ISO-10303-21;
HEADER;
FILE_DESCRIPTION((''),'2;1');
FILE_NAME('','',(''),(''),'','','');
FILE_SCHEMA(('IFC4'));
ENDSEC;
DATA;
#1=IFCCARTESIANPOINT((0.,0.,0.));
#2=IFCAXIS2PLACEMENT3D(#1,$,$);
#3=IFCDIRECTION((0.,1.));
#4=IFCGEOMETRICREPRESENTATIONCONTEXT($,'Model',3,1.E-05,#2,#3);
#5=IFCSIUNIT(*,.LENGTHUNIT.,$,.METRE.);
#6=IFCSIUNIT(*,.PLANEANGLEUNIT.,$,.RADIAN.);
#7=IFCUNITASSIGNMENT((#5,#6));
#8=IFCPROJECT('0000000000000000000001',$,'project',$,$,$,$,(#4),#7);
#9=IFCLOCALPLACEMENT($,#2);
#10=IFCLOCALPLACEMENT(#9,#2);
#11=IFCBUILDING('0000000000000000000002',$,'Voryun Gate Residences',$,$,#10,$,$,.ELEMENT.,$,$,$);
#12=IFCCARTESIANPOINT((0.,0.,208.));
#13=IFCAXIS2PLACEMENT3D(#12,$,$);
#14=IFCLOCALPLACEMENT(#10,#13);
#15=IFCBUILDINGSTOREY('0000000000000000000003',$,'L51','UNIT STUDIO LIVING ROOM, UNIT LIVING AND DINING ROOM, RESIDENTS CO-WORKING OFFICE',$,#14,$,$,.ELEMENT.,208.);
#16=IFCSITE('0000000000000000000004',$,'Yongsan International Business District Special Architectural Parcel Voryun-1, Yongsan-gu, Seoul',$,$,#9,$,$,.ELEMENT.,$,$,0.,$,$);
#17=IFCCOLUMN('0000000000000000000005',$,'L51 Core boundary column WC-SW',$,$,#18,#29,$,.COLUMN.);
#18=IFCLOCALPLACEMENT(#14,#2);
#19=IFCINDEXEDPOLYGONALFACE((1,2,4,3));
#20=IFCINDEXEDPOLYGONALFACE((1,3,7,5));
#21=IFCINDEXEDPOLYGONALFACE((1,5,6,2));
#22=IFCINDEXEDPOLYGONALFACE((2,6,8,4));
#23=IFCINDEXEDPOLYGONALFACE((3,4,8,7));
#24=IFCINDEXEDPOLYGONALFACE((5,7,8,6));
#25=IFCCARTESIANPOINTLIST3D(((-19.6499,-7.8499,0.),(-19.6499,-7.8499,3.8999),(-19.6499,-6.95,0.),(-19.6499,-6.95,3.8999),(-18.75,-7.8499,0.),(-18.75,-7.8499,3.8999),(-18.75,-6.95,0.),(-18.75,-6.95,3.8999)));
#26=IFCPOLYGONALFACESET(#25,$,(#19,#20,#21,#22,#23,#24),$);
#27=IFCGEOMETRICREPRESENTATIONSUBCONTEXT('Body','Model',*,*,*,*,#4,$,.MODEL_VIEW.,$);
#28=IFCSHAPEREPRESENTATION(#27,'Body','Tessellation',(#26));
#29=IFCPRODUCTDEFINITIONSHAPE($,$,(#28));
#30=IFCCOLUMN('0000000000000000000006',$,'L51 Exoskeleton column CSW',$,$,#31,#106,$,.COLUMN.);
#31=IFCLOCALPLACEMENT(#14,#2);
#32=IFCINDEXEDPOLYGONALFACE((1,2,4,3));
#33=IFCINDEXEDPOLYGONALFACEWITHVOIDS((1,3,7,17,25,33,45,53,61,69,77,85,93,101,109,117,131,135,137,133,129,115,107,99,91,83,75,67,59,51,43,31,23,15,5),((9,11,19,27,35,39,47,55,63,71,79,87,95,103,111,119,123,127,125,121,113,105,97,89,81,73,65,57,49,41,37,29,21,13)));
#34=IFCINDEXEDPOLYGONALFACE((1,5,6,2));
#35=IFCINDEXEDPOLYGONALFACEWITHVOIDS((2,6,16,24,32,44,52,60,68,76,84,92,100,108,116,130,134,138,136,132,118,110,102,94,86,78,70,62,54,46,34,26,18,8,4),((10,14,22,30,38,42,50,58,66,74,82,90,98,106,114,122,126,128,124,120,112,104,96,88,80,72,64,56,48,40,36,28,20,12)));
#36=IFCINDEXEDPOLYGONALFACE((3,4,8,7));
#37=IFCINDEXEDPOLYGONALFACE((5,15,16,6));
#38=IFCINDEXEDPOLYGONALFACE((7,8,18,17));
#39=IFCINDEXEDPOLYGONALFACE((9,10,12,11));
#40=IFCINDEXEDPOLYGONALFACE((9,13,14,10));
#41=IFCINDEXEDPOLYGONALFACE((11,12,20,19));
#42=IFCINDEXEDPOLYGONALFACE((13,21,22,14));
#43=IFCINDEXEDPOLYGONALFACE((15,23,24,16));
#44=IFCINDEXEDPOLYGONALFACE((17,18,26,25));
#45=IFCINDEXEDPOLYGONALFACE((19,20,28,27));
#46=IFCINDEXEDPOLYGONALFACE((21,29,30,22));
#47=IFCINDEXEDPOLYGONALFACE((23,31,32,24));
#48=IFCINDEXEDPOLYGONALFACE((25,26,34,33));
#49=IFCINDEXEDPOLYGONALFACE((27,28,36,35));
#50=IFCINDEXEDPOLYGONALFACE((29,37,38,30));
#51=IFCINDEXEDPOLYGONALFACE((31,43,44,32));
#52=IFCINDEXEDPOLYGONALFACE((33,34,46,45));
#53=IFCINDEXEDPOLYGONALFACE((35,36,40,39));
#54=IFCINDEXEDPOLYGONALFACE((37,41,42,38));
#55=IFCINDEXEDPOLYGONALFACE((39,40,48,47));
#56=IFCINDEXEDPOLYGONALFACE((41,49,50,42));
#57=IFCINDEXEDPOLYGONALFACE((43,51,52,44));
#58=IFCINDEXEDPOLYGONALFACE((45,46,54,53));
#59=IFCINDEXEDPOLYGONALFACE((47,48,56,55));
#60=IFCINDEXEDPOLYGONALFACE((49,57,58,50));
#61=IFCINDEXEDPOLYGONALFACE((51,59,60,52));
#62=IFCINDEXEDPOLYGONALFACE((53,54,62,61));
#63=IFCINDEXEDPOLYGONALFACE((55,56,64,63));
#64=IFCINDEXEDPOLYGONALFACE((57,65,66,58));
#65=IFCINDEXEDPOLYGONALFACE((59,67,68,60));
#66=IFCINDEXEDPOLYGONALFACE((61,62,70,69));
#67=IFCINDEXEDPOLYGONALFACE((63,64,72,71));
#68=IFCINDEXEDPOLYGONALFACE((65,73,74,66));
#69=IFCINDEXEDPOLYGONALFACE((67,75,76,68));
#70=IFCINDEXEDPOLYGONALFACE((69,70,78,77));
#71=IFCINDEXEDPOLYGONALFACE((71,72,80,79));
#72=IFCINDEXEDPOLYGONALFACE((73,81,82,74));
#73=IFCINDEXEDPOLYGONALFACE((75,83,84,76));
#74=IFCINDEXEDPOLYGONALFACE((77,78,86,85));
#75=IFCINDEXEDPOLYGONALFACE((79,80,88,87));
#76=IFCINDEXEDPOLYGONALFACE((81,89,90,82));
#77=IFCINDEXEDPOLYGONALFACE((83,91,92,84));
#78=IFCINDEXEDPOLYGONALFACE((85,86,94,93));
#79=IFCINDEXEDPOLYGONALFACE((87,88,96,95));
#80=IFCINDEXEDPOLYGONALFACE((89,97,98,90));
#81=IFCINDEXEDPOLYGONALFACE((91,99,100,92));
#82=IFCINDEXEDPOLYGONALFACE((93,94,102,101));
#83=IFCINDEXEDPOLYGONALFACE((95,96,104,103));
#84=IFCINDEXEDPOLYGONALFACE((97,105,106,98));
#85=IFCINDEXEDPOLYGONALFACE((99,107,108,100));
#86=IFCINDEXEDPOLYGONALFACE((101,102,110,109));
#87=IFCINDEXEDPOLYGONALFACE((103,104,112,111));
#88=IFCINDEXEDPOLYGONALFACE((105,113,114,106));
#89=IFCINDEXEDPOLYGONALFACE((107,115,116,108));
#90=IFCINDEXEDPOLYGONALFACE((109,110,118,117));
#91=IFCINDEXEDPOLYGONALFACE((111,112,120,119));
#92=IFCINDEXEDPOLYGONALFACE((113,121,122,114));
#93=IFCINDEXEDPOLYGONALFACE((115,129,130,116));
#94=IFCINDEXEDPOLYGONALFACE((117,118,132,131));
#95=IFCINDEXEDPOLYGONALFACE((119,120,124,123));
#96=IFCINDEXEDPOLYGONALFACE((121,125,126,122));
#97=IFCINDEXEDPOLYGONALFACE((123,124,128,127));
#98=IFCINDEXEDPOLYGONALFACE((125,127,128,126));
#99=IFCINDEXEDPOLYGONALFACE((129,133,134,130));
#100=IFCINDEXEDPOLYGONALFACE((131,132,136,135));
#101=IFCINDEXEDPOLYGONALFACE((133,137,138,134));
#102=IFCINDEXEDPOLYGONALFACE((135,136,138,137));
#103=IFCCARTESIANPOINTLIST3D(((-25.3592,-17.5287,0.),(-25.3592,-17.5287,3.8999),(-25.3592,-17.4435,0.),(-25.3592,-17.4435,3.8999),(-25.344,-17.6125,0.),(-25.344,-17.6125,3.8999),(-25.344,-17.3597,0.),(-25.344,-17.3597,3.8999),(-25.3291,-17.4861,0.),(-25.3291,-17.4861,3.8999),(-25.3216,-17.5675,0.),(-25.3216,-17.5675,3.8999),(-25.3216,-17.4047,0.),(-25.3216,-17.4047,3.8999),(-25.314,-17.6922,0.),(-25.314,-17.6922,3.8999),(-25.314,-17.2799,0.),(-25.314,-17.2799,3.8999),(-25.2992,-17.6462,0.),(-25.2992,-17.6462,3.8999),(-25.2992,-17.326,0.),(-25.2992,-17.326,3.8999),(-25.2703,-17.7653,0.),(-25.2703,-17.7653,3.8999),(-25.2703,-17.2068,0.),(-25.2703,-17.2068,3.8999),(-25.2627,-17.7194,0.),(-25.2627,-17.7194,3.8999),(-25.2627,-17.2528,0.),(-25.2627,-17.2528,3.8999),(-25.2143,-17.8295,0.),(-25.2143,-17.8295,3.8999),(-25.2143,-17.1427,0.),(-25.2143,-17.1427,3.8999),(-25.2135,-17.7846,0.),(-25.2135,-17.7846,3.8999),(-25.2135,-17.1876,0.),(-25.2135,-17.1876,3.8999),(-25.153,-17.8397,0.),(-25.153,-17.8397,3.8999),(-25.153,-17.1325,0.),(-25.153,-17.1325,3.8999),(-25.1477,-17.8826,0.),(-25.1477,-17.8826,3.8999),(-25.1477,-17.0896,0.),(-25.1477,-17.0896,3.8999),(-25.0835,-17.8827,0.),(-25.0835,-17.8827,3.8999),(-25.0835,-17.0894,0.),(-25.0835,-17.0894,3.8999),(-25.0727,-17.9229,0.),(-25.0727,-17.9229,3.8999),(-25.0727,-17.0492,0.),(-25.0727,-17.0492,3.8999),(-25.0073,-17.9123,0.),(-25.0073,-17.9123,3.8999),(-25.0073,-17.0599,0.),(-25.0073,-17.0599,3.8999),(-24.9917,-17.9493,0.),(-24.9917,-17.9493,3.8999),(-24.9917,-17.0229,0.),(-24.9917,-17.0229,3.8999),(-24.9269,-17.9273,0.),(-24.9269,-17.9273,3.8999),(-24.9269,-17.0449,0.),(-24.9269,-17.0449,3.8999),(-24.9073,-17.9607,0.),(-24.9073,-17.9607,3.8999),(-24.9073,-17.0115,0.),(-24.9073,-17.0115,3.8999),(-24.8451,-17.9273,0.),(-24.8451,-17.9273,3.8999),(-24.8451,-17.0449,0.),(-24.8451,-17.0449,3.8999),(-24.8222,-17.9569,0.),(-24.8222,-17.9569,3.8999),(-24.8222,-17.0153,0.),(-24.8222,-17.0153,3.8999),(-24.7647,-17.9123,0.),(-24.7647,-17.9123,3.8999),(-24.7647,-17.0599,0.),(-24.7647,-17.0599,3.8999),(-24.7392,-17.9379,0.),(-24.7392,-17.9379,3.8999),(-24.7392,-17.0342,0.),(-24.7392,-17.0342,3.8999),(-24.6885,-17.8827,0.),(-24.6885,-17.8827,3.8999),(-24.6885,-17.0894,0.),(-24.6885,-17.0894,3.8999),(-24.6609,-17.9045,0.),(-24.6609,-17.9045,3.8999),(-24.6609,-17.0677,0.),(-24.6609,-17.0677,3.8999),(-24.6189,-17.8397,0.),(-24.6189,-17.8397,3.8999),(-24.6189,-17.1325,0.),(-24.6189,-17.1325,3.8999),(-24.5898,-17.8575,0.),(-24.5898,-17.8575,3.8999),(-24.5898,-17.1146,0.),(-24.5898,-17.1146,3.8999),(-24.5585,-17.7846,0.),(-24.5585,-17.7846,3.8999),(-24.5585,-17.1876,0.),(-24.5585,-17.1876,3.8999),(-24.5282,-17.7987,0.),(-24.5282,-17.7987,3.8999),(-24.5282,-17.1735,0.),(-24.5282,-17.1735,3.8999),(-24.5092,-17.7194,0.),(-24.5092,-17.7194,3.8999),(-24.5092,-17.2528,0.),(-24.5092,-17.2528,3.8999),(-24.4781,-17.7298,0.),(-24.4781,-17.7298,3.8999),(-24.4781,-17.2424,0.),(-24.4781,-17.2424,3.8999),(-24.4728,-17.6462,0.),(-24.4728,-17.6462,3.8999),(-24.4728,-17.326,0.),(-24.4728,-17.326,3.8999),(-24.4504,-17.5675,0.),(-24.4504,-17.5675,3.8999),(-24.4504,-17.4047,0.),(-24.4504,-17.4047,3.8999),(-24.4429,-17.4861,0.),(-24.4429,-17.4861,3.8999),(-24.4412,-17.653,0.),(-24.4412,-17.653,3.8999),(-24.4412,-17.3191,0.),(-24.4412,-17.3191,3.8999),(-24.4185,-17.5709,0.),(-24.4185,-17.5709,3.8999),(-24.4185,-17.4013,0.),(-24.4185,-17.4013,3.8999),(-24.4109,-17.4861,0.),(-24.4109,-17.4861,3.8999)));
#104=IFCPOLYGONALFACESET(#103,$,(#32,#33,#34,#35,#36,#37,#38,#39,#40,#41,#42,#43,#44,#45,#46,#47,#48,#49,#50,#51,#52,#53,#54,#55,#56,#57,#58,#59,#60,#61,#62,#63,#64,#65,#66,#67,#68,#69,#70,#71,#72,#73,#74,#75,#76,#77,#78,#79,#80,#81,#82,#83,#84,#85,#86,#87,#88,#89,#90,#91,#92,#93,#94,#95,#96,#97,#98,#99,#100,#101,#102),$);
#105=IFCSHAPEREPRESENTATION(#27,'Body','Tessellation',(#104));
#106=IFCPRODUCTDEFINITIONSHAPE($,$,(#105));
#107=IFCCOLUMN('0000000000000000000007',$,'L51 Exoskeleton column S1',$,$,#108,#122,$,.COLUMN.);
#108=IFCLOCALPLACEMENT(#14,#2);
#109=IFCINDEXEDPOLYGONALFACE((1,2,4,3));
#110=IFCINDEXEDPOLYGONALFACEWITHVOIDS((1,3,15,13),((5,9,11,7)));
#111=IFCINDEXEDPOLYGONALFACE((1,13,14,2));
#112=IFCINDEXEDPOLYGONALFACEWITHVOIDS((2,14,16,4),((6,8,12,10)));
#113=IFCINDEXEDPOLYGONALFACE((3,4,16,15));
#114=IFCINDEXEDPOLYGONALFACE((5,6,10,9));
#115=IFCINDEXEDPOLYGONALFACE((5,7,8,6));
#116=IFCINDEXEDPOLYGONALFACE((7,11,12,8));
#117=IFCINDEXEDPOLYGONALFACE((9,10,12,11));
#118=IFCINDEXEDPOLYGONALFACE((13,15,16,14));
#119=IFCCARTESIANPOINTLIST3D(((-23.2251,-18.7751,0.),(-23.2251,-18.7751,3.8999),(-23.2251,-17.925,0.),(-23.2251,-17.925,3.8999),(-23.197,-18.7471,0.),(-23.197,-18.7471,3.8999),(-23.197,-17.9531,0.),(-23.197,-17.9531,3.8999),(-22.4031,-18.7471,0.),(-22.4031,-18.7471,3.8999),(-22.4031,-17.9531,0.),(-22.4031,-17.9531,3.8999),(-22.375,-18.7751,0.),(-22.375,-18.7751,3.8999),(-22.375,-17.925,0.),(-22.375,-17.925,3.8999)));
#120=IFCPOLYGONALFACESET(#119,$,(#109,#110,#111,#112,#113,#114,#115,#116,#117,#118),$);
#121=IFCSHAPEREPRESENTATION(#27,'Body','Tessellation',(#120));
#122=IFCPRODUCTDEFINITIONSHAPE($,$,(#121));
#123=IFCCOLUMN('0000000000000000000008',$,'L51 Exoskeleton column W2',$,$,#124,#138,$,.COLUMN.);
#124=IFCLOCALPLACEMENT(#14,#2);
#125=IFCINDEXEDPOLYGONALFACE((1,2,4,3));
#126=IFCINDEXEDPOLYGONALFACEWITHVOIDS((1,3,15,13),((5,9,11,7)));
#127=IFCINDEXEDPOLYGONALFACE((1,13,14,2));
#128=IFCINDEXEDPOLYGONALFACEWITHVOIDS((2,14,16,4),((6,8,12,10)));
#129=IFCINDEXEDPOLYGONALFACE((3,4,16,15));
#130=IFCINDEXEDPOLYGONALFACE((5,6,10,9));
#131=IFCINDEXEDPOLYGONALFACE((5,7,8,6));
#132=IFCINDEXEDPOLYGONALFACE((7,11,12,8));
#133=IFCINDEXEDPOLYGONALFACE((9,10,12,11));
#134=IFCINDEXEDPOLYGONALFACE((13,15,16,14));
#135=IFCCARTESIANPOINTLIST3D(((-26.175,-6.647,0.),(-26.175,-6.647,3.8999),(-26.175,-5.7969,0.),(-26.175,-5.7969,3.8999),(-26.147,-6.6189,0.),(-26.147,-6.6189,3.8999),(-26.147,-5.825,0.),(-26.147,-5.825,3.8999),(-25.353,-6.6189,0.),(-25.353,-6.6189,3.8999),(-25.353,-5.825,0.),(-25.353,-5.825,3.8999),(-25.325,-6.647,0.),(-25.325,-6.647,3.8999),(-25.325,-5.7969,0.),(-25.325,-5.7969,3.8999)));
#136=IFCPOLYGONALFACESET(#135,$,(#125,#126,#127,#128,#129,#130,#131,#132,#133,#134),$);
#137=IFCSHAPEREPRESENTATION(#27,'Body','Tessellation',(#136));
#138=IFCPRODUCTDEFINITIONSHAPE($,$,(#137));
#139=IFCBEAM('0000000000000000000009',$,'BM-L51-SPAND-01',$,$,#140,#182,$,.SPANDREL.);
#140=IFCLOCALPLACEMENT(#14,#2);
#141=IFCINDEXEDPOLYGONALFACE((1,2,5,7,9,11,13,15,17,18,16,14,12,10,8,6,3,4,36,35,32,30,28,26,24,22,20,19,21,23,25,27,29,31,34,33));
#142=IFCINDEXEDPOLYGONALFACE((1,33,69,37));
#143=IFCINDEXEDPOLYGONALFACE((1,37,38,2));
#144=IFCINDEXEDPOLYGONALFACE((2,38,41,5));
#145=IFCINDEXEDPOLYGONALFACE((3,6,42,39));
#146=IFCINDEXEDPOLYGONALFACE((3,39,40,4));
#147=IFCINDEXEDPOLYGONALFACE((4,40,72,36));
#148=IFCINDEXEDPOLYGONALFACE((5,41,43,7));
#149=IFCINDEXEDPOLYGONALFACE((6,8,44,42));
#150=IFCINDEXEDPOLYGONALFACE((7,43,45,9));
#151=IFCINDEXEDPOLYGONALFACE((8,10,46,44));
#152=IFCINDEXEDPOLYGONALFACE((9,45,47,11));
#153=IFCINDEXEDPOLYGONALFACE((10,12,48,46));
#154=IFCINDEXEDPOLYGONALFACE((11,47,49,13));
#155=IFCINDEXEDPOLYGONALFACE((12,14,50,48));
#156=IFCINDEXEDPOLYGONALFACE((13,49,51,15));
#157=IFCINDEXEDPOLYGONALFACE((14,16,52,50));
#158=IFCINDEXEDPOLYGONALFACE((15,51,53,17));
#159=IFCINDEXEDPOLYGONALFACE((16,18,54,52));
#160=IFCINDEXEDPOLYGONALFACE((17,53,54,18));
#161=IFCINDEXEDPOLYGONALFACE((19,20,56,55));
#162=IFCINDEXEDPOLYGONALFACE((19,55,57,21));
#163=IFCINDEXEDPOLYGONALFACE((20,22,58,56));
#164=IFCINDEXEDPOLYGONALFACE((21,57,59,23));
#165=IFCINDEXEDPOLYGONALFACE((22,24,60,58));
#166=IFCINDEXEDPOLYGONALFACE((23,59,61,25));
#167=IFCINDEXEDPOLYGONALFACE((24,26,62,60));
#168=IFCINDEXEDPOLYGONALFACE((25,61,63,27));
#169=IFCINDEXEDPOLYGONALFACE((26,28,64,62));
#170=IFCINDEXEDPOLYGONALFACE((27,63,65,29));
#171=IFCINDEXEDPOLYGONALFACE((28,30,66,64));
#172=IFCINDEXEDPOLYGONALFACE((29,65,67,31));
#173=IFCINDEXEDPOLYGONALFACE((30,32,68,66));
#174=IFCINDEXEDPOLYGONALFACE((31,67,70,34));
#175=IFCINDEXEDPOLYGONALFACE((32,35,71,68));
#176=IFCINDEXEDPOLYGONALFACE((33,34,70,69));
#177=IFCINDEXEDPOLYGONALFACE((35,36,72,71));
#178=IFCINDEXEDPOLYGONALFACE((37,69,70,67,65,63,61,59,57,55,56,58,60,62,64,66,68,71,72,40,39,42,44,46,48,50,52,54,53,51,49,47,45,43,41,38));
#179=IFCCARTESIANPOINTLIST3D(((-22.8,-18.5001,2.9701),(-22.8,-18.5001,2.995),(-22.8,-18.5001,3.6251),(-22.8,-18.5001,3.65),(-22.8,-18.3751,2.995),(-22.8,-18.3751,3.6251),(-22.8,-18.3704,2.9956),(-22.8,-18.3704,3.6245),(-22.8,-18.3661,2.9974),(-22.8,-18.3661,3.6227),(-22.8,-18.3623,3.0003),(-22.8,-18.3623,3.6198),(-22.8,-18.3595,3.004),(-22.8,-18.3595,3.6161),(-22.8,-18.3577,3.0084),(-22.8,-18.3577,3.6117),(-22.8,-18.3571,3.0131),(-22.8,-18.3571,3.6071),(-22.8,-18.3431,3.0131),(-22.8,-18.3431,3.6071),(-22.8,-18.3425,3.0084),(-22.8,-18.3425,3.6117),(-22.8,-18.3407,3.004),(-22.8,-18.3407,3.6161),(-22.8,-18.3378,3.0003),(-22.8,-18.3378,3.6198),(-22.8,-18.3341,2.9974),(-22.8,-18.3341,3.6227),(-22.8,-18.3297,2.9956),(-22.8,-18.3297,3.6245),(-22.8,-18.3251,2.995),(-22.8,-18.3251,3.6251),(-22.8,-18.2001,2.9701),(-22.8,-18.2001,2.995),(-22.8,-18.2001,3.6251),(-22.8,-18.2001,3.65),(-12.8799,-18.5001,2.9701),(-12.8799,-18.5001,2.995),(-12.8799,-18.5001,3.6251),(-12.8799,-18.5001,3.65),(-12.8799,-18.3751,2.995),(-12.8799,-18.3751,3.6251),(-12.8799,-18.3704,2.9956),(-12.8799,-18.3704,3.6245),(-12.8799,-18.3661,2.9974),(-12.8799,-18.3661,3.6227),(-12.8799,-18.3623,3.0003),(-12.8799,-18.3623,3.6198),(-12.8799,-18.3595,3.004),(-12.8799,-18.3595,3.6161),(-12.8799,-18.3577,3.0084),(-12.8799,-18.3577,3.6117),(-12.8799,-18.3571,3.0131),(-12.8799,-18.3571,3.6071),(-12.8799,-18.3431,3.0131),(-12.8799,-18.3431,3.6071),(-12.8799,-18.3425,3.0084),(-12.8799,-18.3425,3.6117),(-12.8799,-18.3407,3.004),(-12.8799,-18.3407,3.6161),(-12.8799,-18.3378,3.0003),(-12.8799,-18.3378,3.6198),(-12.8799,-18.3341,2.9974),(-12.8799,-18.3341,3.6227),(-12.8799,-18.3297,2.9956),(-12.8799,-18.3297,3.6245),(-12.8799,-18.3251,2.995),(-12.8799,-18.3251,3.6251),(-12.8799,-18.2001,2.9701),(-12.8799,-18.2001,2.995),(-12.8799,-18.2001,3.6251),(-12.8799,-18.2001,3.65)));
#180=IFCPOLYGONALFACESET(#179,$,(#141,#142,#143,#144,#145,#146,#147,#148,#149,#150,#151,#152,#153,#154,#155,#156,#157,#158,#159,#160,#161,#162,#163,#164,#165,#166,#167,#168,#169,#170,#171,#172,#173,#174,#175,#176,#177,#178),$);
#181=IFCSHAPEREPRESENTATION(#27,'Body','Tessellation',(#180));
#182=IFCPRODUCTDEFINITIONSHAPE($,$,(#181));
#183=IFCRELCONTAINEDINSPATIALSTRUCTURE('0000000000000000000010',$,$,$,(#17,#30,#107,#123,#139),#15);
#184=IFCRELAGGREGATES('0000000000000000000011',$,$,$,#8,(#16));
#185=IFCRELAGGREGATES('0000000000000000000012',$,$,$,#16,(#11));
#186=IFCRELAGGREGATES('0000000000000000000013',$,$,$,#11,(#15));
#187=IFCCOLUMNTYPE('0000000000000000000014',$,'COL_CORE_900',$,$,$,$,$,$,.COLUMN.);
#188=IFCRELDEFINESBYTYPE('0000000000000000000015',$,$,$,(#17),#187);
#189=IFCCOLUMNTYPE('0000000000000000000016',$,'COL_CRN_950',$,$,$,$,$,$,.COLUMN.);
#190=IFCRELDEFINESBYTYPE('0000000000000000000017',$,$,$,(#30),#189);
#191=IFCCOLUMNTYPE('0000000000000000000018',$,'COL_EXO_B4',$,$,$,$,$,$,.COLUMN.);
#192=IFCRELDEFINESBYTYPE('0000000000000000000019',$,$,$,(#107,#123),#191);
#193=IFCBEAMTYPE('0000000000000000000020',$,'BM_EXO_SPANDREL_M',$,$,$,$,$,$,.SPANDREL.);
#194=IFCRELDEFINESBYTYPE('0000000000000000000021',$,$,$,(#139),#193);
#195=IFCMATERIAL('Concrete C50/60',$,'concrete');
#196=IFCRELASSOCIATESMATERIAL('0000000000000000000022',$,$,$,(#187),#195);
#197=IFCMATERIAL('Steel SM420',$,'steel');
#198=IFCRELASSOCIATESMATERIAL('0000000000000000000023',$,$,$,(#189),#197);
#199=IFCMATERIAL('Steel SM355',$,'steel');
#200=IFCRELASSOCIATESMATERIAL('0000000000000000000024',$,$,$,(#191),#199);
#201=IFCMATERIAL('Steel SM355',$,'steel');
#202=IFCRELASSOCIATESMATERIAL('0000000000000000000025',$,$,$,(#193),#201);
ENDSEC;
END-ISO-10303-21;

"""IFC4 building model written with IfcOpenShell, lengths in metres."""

from ifc_helpers import new_model, si_unit, direction, frame, origin, origin_2d, place, context, subcontext, project, spatial, rectangle, hollow_rectangle, hollow_circle, i_section, extrude, material, material_profile, profile_set, type_object, element, save


model = new_model("IFC4")

# Units and contexts
model_context = context("Model", 3, precision=1e-05, world=origin(), true_north=direction((0.0, 1.0)))
body_context = subcontext(model_context, "Body", "Model", "MODEL_VIEW")
ifc_project = project(units=[si_unit("LENGTHUNIT", "METRE"), si_unit("PLANEANGLEUNIT", "RADIAN")], contexts=[model_context])

# Site, building, storey
site_placement = place(None, origin())
site = spatial("IfcSite", under=ifc_project, at=site_placement, Name="Yongsan International Business District Special Architectural Parcel Voryun-1, Yongsan-gu, Seoul", CompositionType="ELEMENT", RefElevation=0.0)
building_placement = place(site_placement, origin())
building = spatial("IfcBuilding", under=site, at=building_placement, Name="Voryun Gate Residences", CompositionType="ELEMENT")
storey_placement = place(building_placement, frame((0.0, 0.0, 208.0)))
storey = spatial("IfcBuildingStorey", under=building, at=storey_placement, Name="L51", Description="UNIT STUDIO LIVING ROOM, UNIT LIVING AND DINING ROOM, RESIDENTS CO-WORKING OFFICE", CompositionType="ELEMENT", Elevation=208.0)

# Columns
ifc_material_1 = material(Name="Concrete C50/60", Category="concrete")
ifc_material_profile_1 = material_profile(ifc_material_1, rectangle(XDim=0.8999, YDim=0.8999, at=origin_2d()), Name="RC-900x900")
ifc_profile_set_1 = profile_set([ifc_material_profile_1], Name="Concrete C50/60")
column_type_1 = type_object("IfcColumnType", Name="COL_CORE_900", PredefinedType="COLUMN", material=ifc_profile_set_1)
column_1_placement = place(storey_placement, frame((-19.2, -7.3999, 0.0), z_axis=(0.0, 0.0, 1.0), x_axis=(1.0, 0.0, 0.0)))
element("IfcColumn", 1, at=column_1_placement, inside=storey, type_object=column_type_1, Name="L51 Core boundary column WC-SW", PredefinedType="COLUMN", context=body_context, shape_type="SweptSolid", body=[
    extrude(rectangle(XDim=0.8999, YDim=0.8999, at=origin_2d()), origin(), (0.0, 0.0, 1.0), 3.8999),
])
ifc_material_2 = material(Name="Steel SM420", Category="steel")
ifc_material_profile_2 = material_profile(ifc_material_2, hollow_circle(Radius=0.4751, WallThickness=0.032, at=origin_2d()), Name="CHS-950x32")
ifc_profile_set_2 = profile_set([ifc_material_profile_2], Name="Steel SM420")
column_type_2 = type_object("IfcColumnType", Name="COL_CRN_950", PredefinedType="COLUMN", material=ifc_profile_set_2)
column_2_placement = place(storey_placement, frame((-24.886, -17.4861, 0.0), z_axis=(0.0, 0.0, 1.0), x_axis=(1.0, 0.0, 0.0)))
element("IfcColumn", 2, at=column_2_placement, inside=storey, type_object=column_type_2, Name="L51 Exoskeleton column CSW", PredefinedType="COLUMN", context=body_context, shape_type="SweptSolid", body=[
    extrude(hollow_circle(Radius=0.4751, WallThickness=0.032, at=origin_2d()), origin(), (0.0, 0.0, 1.0), 3.8999),
])
ifc_material_3 = material(Name="Steel SM355", Category="steel")
ifc_material_profile_3 = material_profile(ifc_material_3, hollow_rectangle(XDim=0.8501, YDim=0.8501, WallThickness=0.0281, at=origin_2d()), Name="BOX-850x850x28")
ifc_profile_set_3 = profile_set([ifc_material_profile_3], Name="Steel SM355")
column_type_3 = type_object("IfcColumnType", Name="COL_EXO_B4", PredefinedType="COLUMN", material=ifc_profile_set_3)
for number, where, z_axis, x_axis, name in (
    (3, (-22.8, -18.3501, 0.0), (0.0, 0.0, 1.0), (1.0, 0.0, 0.0), "L51 Exoskeleton column S1"),
    (4, (-25.75, -6.2219, 0.0), (0.0, 0.0, 1.0), (1.0, 0.0, 0.0), "L51 Exoskeleton column W2"),
):
    element("IfcColumn", number, at=place(storey_placement, frame(where, z_axis=z_axis, x_axis=x_axis)), inside=storey, type_object=column_type_3, Name=name, PredefinedType="COLUMN", context=body_context, shape_type="SweptSolid", body=[
        extrude(hollow_rectangle(XDim=0.8501, YDim=0.8501, WallThickness=0.0281, at=origin_2d()), origin(), (0.0, 0.0, 1.0), 3.8999),
    ])

# Beam
ifc_material_4 = material(Name="Steel SM355", Category="steel")
ifc_material_profile_4 = material_profile(ifc_material_4, i_section(OverallWidth=0.3, OverallDepth=0.6799, WebThickness=0.0139, FlangeThickness=0.0249, FilletRadius=0.0181, at=origin_2d()), Name="H-680x300x14x25")
ifc_profile_set_4 = profile_set([ifc_material_profile_4], Name="Steel SM355")
beam_type_1 = type_object("IfcBeamType", Name="BM_EXO_SPANDREL_M", PredefinedType="SPANDREL", material=ifc_profile_set_4)
beam_1_placement = place(storey_placement, frame((-22.8, -18.3501, 3.3101), z_axis=(1.0, 0.0, 0.0), x_axis=(0.0, 1.0, 0.0)))
element("IfcBeam", 5, at=beam_1_placement, inside=storey, type_object=beam_type_1, Name="BM-L51-SPAND-01", PredefinedType="SPANDREL", context=body_context, shape_type="SweptSolid", body=[
    extrude(i_section(OverallWidth=0.3, OverallDepth=0.6799, WebThickness=0.0139, FlangeThickness=0.0249, FilletRadius=0.0181, at=origin_2d()), origin(), (0.0, 0.0, 1.0), 9.9202),
])

save(model, "model.ifc")
